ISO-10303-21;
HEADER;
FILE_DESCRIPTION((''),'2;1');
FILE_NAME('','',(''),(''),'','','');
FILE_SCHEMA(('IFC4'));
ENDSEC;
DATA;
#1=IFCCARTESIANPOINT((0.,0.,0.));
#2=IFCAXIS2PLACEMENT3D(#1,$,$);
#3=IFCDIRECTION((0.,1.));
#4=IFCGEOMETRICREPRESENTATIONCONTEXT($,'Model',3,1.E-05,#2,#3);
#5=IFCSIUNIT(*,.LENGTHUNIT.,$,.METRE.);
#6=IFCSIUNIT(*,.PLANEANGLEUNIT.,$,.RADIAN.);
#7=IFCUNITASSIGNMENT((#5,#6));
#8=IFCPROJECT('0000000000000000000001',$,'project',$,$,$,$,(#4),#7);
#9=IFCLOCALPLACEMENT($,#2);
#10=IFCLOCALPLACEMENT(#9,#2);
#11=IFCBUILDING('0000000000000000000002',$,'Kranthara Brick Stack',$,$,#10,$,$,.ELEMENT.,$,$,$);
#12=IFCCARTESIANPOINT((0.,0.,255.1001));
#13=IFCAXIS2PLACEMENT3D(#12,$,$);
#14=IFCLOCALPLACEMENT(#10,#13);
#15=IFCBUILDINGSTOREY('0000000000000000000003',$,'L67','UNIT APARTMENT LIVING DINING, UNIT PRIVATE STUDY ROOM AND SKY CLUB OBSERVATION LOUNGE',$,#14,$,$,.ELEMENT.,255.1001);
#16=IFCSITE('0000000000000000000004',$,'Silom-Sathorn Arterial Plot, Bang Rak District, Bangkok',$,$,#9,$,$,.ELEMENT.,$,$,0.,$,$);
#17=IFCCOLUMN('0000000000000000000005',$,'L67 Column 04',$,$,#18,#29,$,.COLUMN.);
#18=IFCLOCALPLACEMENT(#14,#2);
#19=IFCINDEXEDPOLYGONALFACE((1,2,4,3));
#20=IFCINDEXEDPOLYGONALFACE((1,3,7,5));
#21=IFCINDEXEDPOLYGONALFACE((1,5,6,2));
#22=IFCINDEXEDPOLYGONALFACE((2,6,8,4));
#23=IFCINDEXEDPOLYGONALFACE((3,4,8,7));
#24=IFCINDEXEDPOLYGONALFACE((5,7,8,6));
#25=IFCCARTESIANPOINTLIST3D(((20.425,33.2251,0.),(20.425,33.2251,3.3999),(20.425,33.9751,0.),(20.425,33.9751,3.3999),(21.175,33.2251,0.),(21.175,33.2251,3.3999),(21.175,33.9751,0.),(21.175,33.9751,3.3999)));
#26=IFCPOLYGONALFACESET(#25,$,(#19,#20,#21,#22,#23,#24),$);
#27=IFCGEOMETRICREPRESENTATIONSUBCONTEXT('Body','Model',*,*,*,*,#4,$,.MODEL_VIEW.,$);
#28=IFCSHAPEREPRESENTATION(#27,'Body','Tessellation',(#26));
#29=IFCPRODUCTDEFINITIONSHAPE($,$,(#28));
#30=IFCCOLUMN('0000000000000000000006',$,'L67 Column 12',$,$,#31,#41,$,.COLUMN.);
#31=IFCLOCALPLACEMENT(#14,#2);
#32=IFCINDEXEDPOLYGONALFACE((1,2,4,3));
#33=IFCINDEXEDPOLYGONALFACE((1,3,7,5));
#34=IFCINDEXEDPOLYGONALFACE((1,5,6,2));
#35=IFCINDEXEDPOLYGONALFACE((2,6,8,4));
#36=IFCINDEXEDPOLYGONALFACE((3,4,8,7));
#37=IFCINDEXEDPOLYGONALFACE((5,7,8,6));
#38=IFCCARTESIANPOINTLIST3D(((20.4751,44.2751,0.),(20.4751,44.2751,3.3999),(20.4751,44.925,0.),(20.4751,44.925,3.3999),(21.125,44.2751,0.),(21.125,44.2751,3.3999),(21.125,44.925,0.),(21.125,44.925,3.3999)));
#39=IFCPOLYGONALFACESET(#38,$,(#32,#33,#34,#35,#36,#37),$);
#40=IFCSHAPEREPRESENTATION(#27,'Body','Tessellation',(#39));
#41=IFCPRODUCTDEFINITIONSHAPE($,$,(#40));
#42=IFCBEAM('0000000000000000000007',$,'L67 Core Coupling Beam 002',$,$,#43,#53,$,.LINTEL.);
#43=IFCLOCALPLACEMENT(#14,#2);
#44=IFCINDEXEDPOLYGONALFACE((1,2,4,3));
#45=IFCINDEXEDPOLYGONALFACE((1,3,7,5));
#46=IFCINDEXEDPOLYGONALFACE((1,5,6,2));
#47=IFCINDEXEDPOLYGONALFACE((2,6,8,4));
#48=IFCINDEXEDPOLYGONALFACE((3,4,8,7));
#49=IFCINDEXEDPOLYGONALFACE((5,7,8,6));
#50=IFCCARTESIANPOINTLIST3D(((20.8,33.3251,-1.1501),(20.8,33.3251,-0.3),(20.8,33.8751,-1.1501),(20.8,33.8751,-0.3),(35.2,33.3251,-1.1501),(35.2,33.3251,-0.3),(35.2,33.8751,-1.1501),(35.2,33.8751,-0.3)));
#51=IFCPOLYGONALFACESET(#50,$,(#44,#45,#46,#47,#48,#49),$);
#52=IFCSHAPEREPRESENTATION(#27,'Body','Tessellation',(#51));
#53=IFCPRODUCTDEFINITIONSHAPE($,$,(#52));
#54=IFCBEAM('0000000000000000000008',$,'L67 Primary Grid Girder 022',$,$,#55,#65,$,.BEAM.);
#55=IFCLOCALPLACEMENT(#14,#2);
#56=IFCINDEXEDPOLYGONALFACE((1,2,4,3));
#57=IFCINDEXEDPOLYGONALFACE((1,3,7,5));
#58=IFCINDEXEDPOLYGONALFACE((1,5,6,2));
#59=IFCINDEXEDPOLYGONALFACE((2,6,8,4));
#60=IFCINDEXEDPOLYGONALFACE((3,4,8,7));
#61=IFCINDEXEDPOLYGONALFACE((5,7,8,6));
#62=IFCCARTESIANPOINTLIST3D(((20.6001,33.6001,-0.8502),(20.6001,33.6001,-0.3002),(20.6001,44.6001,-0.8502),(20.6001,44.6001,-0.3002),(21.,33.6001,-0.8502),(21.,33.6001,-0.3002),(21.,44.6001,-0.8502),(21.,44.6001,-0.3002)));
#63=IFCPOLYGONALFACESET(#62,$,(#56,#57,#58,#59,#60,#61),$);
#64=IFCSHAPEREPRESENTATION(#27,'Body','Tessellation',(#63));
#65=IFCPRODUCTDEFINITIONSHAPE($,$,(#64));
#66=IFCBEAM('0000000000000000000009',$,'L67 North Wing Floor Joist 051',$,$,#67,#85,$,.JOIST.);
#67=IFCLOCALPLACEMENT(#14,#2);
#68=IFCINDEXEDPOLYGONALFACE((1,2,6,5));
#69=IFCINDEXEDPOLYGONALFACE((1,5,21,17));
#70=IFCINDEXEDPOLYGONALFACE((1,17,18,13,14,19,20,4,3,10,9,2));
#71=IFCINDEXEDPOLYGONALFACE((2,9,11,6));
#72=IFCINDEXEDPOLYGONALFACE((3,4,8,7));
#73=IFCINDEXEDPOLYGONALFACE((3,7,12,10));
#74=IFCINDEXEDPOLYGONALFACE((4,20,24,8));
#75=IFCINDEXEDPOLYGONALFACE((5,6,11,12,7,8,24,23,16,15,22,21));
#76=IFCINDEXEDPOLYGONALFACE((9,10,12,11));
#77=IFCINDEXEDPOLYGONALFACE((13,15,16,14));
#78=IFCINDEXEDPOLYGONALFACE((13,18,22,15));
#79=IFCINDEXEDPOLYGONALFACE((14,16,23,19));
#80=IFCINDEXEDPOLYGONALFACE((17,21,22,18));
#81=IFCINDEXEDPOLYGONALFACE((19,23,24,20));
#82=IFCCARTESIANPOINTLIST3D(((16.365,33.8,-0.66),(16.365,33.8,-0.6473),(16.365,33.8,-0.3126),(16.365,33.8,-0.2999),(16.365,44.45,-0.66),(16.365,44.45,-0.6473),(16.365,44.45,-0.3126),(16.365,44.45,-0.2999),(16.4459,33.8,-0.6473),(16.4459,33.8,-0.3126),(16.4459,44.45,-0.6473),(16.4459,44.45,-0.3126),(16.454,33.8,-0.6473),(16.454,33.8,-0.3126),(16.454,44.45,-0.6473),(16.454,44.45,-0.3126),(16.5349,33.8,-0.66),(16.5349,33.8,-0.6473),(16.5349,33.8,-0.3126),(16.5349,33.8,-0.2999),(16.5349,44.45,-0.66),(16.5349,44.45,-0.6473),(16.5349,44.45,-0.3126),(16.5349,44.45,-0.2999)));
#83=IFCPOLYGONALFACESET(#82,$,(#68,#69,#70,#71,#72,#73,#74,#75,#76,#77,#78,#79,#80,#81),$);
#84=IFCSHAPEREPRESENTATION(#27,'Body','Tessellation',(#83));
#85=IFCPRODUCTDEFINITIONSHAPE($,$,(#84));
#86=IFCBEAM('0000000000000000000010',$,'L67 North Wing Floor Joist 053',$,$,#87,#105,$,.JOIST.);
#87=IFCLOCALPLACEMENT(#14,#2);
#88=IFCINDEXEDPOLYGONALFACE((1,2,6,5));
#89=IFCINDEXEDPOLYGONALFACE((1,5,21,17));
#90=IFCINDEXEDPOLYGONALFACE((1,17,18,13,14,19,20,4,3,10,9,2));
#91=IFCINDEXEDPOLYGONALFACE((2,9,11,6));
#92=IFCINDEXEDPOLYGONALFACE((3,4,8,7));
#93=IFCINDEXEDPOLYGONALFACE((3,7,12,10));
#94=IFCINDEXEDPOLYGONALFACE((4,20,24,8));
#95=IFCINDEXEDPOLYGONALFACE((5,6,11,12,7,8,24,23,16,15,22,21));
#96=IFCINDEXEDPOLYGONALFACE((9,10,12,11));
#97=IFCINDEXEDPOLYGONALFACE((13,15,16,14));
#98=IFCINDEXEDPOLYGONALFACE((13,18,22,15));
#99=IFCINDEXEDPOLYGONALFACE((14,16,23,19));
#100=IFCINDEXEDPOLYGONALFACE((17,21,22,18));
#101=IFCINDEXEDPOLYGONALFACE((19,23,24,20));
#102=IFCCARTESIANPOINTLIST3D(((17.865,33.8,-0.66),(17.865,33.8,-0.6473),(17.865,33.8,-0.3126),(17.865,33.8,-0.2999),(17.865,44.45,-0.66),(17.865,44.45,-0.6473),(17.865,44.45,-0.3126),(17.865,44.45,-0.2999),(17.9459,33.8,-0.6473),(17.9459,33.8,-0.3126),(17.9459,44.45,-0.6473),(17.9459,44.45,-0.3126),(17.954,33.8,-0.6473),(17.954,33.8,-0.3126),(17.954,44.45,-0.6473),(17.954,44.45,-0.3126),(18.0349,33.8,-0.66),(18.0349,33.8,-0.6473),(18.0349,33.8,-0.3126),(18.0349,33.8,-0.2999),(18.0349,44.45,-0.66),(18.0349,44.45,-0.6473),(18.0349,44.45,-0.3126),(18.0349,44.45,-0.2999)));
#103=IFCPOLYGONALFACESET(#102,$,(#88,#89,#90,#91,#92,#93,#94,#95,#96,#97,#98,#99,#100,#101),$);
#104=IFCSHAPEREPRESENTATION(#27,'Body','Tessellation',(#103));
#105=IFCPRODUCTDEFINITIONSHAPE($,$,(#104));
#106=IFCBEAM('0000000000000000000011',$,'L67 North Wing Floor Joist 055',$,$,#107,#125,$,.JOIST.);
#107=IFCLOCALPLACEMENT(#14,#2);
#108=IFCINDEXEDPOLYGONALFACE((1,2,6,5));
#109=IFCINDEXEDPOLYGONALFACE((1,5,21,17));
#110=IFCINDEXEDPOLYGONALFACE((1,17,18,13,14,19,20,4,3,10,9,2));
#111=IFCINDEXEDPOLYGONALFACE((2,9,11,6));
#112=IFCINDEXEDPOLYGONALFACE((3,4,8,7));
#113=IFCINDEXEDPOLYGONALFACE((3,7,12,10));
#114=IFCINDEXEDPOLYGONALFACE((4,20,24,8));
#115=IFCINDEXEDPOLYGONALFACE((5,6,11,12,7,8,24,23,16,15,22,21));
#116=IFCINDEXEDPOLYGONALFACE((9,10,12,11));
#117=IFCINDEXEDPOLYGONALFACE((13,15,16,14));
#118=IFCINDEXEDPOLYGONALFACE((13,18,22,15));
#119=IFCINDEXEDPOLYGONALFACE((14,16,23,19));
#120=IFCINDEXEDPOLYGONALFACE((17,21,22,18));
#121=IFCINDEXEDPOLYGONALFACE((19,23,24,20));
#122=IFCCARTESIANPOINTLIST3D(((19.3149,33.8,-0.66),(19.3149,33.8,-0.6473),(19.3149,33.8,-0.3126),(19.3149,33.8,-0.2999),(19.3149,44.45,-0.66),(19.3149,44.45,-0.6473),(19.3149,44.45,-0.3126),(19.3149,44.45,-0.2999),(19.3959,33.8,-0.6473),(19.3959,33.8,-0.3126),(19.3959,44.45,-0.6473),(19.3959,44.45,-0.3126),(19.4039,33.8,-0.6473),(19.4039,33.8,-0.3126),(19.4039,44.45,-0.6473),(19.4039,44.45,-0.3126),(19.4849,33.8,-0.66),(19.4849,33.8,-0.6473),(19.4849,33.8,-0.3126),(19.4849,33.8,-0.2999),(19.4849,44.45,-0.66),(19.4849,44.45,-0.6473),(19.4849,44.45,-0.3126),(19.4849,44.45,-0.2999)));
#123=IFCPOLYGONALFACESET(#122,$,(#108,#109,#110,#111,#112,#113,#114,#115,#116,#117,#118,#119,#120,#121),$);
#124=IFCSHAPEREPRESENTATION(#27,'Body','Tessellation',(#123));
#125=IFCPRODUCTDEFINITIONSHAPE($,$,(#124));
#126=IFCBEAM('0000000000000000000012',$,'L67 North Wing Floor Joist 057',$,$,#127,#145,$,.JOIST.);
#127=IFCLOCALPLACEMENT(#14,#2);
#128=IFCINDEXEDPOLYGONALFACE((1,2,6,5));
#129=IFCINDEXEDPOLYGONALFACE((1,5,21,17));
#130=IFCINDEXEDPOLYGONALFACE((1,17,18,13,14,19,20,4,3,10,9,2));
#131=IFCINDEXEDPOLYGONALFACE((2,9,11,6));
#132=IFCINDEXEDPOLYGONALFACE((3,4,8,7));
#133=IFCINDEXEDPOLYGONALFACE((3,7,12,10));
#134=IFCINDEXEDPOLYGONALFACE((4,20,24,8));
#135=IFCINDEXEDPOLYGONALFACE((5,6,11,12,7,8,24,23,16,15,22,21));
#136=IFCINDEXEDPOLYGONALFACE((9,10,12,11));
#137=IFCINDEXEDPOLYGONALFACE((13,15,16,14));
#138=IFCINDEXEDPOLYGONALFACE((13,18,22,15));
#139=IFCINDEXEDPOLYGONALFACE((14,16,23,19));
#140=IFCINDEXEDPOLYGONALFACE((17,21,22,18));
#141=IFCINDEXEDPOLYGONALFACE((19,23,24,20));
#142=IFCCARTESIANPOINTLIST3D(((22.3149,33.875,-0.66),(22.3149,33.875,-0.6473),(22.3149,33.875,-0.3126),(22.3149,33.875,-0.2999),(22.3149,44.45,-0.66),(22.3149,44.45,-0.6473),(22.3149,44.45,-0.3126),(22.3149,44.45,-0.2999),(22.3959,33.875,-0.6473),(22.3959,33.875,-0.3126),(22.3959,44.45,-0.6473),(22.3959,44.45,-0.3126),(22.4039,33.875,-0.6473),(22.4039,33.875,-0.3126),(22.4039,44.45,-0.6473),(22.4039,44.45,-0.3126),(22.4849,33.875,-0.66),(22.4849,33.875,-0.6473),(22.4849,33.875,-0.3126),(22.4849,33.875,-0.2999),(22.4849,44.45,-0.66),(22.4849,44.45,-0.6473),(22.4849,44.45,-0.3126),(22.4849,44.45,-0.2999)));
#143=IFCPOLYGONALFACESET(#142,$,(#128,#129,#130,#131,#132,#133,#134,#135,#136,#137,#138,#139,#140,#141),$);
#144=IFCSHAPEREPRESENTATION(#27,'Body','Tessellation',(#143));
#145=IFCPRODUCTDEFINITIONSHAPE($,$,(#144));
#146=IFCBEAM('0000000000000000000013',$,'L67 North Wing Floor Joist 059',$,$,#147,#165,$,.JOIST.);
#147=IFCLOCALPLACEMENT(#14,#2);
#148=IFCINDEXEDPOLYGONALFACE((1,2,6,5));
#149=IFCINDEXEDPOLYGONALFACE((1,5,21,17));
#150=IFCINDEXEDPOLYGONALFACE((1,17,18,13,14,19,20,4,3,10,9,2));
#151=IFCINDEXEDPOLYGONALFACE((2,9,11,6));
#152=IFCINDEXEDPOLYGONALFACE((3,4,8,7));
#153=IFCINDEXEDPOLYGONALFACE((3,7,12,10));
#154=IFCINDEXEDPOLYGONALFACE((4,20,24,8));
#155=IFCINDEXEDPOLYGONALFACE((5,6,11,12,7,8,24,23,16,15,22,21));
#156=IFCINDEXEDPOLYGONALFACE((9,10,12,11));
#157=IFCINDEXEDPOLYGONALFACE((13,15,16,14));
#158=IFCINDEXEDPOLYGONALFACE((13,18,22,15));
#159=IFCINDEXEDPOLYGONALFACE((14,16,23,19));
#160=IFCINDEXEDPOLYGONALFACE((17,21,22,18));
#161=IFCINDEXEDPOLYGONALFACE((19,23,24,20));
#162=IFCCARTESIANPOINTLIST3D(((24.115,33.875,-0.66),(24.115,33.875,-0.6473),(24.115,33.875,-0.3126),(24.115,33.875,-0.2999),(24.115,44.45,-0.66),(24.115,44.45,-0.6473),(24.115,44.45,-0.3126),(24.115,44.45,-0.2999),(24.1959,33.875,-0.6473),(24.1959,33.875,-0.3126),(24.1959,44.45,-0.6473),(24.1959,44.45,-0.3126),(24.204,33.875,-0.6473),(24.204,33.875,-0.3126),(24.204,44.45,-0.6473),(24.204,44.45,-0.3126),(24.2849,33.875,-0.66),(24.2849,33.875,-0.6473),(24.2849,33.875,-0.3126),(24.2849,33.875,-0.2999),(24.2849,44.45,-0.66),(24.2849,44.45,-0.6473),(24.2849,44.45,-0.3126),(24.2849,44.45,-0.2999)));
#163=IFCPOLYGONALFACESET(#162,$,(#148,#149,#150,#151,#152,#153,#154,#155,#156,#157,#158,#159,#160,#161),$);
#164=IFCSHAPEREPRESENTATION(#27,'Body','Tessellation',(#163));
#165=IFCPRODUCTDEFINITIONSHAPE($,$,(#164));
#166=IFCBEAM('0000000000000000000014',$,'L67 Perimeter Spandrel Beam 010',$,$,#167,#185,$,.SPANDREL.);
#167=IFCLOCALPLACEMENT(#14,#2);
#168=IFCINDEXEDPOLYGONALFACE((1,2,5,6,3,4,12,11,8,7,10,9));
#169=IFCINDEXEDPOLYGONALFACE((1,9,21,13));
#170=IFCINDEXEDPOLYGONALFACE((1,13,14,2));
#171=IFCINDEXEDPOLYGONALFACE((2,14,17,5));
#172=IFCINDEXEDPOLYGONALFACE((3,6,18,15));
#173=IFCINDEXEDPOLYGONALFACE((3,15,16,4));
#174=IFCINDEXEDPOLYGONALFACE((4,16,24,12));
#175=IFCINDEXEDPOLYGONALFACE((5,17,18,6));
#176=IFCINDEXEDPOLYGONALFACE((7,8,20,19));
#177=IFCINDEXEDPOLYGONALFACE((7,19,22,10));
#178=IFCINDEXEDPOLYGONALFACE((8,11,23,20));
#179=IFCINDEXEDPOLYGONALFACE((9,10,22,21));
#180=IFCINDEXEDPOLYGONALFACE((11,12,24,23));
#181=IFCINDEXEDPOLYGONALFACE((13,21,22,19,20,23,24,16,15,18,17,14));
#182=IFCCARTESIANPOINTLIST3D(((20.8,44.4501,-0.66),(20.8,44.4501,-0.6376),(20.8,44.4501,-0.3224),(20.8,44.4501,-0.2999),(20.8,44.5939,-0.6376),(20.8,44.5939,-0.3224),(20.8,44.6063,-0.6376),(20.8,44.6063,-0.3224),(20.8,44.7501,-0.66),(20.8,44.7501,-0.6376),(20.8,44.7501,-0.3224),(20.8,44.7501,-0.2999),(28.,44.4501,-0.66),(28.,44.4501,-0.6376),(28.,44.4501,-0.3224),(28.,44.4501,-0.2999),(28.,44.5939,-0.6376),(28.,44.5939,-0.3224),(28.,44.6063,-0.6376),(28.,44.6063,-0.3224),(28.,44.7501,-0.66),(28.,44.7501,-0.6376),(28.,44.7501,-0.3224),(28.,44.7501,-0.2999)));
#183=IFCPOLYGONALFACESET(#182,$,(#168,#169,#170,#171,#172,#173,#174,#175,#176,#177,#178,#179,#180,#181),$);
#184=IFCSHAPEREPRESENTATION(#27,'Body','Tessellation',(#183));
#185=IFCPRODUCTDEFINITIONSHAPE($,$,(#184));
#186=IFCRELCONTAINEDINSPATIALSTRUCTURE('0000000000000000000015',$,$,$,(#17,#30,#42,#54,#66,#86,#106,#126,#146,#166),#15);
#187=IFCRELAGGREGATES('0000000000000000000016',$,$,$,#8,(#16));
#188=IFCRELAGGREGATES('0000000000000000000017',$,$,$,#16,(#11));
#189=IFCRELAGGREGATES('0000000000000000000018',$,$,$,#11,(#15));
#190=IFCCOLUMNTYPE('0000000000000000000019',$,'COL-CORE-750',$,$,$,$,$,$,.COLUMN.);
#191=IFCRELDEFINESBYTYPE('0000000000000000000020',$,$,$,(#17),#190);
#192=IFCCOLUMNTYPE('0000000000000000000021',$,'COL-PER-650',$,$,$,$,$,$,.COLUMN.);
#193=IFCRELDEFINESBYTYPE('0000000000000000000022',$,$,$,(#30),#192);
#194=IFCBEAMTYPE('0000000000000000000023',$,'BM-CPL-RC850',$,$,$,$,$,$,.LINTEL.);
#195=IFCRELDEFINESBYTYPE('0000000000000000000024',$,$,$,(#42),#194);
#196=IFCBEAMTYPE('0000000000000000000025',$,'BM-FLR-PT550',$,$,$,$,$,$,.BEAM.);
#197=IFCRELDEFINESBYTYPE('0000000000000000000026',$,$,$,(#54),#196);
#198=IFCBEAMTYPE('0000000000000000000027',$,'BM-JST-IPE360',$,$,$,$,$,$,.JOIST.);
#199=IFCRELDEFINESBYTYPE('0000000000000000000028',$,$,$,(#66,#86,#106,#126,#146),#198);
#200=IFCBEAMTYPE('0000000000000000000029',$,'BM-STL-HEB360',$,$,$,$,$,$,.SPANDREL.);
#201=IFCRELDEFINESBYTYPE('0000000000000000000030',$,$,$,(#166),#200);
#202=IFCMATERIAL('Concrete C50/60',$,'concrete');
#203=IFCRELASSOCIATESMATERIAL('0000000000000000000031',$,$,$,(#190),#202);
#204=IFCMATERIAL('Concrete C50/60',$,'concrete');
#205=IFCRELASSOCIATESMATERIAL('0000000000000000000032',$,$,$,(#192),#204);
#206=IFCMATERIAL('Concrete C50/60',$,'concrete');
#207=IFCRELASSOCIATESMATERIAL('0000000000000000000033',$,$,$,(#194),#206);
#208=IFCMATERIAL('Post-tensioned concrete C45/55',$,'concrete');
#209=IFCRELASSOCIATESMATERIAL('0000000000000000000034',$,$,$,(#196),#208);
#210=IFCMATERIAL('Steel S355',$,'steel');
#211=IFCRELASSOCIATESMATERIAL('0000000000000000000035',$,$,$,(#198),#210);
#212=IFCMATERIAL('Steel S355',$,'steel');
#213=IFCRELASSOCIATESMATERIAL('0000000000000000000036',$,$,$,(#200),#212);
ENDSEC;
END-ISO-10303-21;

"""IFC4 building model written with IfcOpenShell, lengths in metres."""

from ifc_helpers import new_model, si_unit, direction, frame, origin, origin_2d, place, context, subcontext, project, spatial, rectangle, i_section, extrude, material, material_profile, profile_set, type_object, element, save


model = new_model("IFC4")

# Units and contexts
model_context = context("Model", 3, precision=1e-05, world=origin(), true_north=direction((0.0, 1.0)))
body_context = subcontext(model_context, "Body", "Model", "MODEL_VIEW")
ifc_project = project(units=[si_unit("LENGTHUNIT", "METRE"), si_unit("PLANEANGLEUNIT", "RADIAN")], contexts=[model_context])

# Site, building, storey
site_placement = place(None, origin())
site = spatial("IfcSite", under=ifc_project, at=site_placement, Name="Silom-Sathorn Arterial Plot, Bang Rak District, Bangkok", CompositionType="ELEMENT", RefElevation=0.0)
building_placement = place(site_placement, origin())
building = spatial("IfcBuilding", under=site, at=building_placement, Name="Kranthara Brick Stack", CompositionType="ELEMENT")
storey_placement = place(building_placement, frame((0.0, 0.0, 255.1001)))
storey = spatial("IfcBuildingStorey", under=building, at=storey_placement, Name="L67", Description="UNIT APARTMENT LIVING DINING, UNIT PRIVATE STUDY ROOM AND SKY CLUB OBSERVATION LOUNGE", CompositionType="ELEMENT", Elevation=255.1001)

# Columns
ifc_material_1 = material(Name="Concrete C50/60", Category="concrete")
ifc_material_profile_1 = material_profile(ifc_material_1, rectangle(XDim=0.75, YDim=0.75, at=origin_2d()), Name="RC 750x750")
ifc_profile_set_1 = profile_set([ifc_material_profile_1], Name="Concrete C50/60")
column_type_1 = type_object("IfcColumnType", Name="COL-CORE-750", PredefinedType="COLUMN", material=ifc_profile_set_1)
column_1_placement = place(storey_placement, frame((20.8, 33.6001, 0.0), z_axis=(0.0, 0.0, 1.0), x_axis=(1.0, 0.0, 0.0)))
element("IfcColumn", 1, at=column_1_placement, inside=storey, type_object=column_type_1, Name="L67 Column 04", PredefinedType="COLUMN", context=body_context, shape_type="SweptSolid", body=[
    extrude(rectangle(XDim=0.75, YDim=0.75, at=origin_2d()), origin(), (0.0, 0.0, 1.0), 3.3999),
])
ifc_material_2 = material(Name="Concrete C50/60", Category="concrete")
ifc_material_profile_2 = material_profile(ifc_material_2, rectangle(XDim=0.6499, YDim=0.6499, at=origin_2d()), Name="RC 650x650")
ifc_profile_set_2 = profile_set([ifc_material_profile_2], Name="Concrete C50/60")
column_type_2 = type_object("IfcColumnType", Name="COL-PER-650", PredefinedType="COLUMN", material=ifc_profile_set_2)
column_2_placement = place(storey_placement, frame((20.8, 44.6001, 0.0), z_axis=(0.0, 0.0, 1.0), x_axis=(1.0, 0.0, 0.0)))
element("IfcColumn", 2, at=column_2_placement, inside=storey, type_object=column_type_2, Name="L67 Column 12", PredefinedType="COLUMN", context=body_context, shape_type="SweptSolid", body=[
    extrude(rectangle(XDim=0.6499, YDim=0.6499, at=origin_2d()), origin(), (0.0, 0.0, 1.0), 3.3999),
])

# Beams
ifc_material_3 = material(Name="Concrete C50/60", Category="concrete")
ifc_material_profile_3 = material_profile(ifc_material_3, rectangle(XDim=0.55, YDim=0.8501, at=origin_2d()), Name="RC 550x850")
ifc_profile_set_3 = profile_set([ifc_material_profile_3], Name="Concrete C50/60")
beam_type_1 = type_object("IfcBeamType", Name="BM-CPL-RC850", PredefinedType="LINTEL", material=ifc_profile_set_3)
beam_1_placement = place(storey_placement, frame((20.8, 33.6001, -0.7251), z_axis=(1.0, 0.0, 0.0), x_axis=(0.0, 1.0, 0.0)))
element("IfcBeam", 3, at=beam_1_placement, inside=storey, type_object=beam_type_1, Name="L67 Core Coupling Beam 002", PredefinedType="LINTEL", context=body_context, shape_type="SweptSolid", body=[
    extrude(rectangle(XDim=0.55, YDim=0.8501, at=origin_2d()), origin(), (0.0, 0.0, 1.0), 14.3999),
])
ifc_material_4 = material(Name="Post-tensioned concrete C45/55", Category="concrete")
ifc_material_profile_4 = material_profile(ifc_material_4, rectangle(XDim=0.3999, YDim=0.55, at=origin_2d()), Name="PT 400x550")
ifc_profile_set_4 = profile_set([ifc_material_profile_4], Name="Post-tensioned concrete C45/55")
beam_type_2 = type_object("IfcBeamType", Name="BM-FLR-PT550", PredefinedType="BEAM", material=ifc_profile_set_4)
beam_2_placement = place(storey_placement, frame((20.8, 33.6001, -0.5752), z_axis=(0.0, 1.0, 0.0), x_axis=(-1.0, 0.0, 0.0)))
element("IfcBeam", 4, at=beam_2_placement, inside=storey, type_object=beam_type_2, Name="L67 Primary Grid Girder 022", PredefinedType="BEAM", context=body_context, shape_type="SweptSolid", body=[
    extrude(rectangle(XDim=0.3999, YDim=0.55, at=origin_2d()), origin(), (0.0, 0.0, 1.0), 11.0),
])
ifc_material_5 = material(Name="Steel S355", Category="steel")
ifc_material_profile_5 = material_profile(ifc_material_5, i_section(OverallWidth=0.1699, OverallDepth=0.3601, WebThickness=0.0081, FlangeThickness=0.0127, at=origin_2d()), Name="IPE 360")
ifc_profile_set_5 = profile_set([ifc_material_profile_5], Name="Steel S355")
beam_type_3 = type_object("IfcBeamType", Name="BM-JST-IPE360", PredefinedType="JOIST", material=ifc_profile_set_5)
for number, where, z_axis, x_axis, name in (
    (5, (16.45, 33.8, -0.48), (0.0, 1.0, 0.0), (-1.0, 0.0, 0.0), "L67 North Wing Floor Joist 051"),
    (6, (17.95, 33.8, -0.48), (0.0, 1.0, 0.0), (-1.0, 0.0, 0.0), "L67 North Wing Floor Joist 053"),
    (7, (19.3999, 33.8, -0.48), (0.0, 1.0, 0.0), (-1.0, 0.0, 0.0), "L67 North Wing Floor Joist 055"),
):
    element("IfcBeam", number, at=place(storey_placement, frame(where, z_axis=z_axis, x_axis=x_axis)), inside=storey, type_object=beam_type_3, Name=name, PredefinedType="JOIST", context=body_context, shape_type="SweptSolid", body=[
        extrude(i_section(OverallWidth=0.1699, OverallDepth=0.3601, WebThickness=0.0081, FlangeThickness=0.0127, at=origin_2d()), origin(), (0.0, 0.0, 1.0), 10.6499),
    ])
for number, where, z_axis, x_axis, name in (
    (8, (22.3999, 33.875, -0.48), (0.0, 1.0, 0.0), (-1.0, 0.0, 0.0), "L67 North Wing Floor Joist 057"),
    (9, (24.2, 33.875, -0.48), (0.0, 1.0, 0.0), (-1.0, 0.0, 0.0), "L67 North Wing Floor Joist 059"),
):
    element("IfcBeam", number, at=place(storey_placement, frame(where, z_axis=z_axis, x_axis=x_axis)), inside=storey, type_object=beam_type_3, Name=name, PredefinedType="JOIST", context=body_context, shape_type="SweptSolid", body=[
        extrude(i_section(OverallWidth=0.1699, OverallDepth=0.3601, WebThickness=0.0081, FlangeThickness=0.0127, at=origin_2d()), origin(), (0.0, 0.0, 1.0), 10.575),
    ])
ifc_material_6 = material(Name="Steel S355", Category="steel")
ifc_material_profile_6 = material_profile(ifc_material_6, i_section(OverallWidth=0.3, OverallDepth=0.3601, WebThickness=0.0125, FlangeThickness=0.0225, at=origin_2d()), Name="HEB 360")
ifc_profile_set_6 = profile_set([ifc_material_profile_6], Name="Steel S355")
beam_type_4 = type_object("IfcBeamType", Name="BM-STL-HEB360", PredefinedType="SPANDREL", material=ifc_profile_set_6)
beam_3_placement = place(storey_placement, frame((20.8, 44.6001, -0.48), z_axis=(1.0, 0.0, 0.0), x_axis=(0.0, 1.0, 0.0)))
element("IfcBeam", 10, at=beam_3_placement, inside=storey, type_object=beam_type_4, Name="L67 Perimeter Spandrel Beam 010", PredefinedType="SPANDREL", context=body_context, shape_type="SweptSolid", body=[
    extrude(i_section(OverallWidth=0.3, OverallDepth=0.3601, WebThickness=0.0125, FlangeThickness=0.0225, at=origin_2d()), origin(), (0.0, 0.0, 1.0), 7.2),
])

save(model, "model.ifc")
